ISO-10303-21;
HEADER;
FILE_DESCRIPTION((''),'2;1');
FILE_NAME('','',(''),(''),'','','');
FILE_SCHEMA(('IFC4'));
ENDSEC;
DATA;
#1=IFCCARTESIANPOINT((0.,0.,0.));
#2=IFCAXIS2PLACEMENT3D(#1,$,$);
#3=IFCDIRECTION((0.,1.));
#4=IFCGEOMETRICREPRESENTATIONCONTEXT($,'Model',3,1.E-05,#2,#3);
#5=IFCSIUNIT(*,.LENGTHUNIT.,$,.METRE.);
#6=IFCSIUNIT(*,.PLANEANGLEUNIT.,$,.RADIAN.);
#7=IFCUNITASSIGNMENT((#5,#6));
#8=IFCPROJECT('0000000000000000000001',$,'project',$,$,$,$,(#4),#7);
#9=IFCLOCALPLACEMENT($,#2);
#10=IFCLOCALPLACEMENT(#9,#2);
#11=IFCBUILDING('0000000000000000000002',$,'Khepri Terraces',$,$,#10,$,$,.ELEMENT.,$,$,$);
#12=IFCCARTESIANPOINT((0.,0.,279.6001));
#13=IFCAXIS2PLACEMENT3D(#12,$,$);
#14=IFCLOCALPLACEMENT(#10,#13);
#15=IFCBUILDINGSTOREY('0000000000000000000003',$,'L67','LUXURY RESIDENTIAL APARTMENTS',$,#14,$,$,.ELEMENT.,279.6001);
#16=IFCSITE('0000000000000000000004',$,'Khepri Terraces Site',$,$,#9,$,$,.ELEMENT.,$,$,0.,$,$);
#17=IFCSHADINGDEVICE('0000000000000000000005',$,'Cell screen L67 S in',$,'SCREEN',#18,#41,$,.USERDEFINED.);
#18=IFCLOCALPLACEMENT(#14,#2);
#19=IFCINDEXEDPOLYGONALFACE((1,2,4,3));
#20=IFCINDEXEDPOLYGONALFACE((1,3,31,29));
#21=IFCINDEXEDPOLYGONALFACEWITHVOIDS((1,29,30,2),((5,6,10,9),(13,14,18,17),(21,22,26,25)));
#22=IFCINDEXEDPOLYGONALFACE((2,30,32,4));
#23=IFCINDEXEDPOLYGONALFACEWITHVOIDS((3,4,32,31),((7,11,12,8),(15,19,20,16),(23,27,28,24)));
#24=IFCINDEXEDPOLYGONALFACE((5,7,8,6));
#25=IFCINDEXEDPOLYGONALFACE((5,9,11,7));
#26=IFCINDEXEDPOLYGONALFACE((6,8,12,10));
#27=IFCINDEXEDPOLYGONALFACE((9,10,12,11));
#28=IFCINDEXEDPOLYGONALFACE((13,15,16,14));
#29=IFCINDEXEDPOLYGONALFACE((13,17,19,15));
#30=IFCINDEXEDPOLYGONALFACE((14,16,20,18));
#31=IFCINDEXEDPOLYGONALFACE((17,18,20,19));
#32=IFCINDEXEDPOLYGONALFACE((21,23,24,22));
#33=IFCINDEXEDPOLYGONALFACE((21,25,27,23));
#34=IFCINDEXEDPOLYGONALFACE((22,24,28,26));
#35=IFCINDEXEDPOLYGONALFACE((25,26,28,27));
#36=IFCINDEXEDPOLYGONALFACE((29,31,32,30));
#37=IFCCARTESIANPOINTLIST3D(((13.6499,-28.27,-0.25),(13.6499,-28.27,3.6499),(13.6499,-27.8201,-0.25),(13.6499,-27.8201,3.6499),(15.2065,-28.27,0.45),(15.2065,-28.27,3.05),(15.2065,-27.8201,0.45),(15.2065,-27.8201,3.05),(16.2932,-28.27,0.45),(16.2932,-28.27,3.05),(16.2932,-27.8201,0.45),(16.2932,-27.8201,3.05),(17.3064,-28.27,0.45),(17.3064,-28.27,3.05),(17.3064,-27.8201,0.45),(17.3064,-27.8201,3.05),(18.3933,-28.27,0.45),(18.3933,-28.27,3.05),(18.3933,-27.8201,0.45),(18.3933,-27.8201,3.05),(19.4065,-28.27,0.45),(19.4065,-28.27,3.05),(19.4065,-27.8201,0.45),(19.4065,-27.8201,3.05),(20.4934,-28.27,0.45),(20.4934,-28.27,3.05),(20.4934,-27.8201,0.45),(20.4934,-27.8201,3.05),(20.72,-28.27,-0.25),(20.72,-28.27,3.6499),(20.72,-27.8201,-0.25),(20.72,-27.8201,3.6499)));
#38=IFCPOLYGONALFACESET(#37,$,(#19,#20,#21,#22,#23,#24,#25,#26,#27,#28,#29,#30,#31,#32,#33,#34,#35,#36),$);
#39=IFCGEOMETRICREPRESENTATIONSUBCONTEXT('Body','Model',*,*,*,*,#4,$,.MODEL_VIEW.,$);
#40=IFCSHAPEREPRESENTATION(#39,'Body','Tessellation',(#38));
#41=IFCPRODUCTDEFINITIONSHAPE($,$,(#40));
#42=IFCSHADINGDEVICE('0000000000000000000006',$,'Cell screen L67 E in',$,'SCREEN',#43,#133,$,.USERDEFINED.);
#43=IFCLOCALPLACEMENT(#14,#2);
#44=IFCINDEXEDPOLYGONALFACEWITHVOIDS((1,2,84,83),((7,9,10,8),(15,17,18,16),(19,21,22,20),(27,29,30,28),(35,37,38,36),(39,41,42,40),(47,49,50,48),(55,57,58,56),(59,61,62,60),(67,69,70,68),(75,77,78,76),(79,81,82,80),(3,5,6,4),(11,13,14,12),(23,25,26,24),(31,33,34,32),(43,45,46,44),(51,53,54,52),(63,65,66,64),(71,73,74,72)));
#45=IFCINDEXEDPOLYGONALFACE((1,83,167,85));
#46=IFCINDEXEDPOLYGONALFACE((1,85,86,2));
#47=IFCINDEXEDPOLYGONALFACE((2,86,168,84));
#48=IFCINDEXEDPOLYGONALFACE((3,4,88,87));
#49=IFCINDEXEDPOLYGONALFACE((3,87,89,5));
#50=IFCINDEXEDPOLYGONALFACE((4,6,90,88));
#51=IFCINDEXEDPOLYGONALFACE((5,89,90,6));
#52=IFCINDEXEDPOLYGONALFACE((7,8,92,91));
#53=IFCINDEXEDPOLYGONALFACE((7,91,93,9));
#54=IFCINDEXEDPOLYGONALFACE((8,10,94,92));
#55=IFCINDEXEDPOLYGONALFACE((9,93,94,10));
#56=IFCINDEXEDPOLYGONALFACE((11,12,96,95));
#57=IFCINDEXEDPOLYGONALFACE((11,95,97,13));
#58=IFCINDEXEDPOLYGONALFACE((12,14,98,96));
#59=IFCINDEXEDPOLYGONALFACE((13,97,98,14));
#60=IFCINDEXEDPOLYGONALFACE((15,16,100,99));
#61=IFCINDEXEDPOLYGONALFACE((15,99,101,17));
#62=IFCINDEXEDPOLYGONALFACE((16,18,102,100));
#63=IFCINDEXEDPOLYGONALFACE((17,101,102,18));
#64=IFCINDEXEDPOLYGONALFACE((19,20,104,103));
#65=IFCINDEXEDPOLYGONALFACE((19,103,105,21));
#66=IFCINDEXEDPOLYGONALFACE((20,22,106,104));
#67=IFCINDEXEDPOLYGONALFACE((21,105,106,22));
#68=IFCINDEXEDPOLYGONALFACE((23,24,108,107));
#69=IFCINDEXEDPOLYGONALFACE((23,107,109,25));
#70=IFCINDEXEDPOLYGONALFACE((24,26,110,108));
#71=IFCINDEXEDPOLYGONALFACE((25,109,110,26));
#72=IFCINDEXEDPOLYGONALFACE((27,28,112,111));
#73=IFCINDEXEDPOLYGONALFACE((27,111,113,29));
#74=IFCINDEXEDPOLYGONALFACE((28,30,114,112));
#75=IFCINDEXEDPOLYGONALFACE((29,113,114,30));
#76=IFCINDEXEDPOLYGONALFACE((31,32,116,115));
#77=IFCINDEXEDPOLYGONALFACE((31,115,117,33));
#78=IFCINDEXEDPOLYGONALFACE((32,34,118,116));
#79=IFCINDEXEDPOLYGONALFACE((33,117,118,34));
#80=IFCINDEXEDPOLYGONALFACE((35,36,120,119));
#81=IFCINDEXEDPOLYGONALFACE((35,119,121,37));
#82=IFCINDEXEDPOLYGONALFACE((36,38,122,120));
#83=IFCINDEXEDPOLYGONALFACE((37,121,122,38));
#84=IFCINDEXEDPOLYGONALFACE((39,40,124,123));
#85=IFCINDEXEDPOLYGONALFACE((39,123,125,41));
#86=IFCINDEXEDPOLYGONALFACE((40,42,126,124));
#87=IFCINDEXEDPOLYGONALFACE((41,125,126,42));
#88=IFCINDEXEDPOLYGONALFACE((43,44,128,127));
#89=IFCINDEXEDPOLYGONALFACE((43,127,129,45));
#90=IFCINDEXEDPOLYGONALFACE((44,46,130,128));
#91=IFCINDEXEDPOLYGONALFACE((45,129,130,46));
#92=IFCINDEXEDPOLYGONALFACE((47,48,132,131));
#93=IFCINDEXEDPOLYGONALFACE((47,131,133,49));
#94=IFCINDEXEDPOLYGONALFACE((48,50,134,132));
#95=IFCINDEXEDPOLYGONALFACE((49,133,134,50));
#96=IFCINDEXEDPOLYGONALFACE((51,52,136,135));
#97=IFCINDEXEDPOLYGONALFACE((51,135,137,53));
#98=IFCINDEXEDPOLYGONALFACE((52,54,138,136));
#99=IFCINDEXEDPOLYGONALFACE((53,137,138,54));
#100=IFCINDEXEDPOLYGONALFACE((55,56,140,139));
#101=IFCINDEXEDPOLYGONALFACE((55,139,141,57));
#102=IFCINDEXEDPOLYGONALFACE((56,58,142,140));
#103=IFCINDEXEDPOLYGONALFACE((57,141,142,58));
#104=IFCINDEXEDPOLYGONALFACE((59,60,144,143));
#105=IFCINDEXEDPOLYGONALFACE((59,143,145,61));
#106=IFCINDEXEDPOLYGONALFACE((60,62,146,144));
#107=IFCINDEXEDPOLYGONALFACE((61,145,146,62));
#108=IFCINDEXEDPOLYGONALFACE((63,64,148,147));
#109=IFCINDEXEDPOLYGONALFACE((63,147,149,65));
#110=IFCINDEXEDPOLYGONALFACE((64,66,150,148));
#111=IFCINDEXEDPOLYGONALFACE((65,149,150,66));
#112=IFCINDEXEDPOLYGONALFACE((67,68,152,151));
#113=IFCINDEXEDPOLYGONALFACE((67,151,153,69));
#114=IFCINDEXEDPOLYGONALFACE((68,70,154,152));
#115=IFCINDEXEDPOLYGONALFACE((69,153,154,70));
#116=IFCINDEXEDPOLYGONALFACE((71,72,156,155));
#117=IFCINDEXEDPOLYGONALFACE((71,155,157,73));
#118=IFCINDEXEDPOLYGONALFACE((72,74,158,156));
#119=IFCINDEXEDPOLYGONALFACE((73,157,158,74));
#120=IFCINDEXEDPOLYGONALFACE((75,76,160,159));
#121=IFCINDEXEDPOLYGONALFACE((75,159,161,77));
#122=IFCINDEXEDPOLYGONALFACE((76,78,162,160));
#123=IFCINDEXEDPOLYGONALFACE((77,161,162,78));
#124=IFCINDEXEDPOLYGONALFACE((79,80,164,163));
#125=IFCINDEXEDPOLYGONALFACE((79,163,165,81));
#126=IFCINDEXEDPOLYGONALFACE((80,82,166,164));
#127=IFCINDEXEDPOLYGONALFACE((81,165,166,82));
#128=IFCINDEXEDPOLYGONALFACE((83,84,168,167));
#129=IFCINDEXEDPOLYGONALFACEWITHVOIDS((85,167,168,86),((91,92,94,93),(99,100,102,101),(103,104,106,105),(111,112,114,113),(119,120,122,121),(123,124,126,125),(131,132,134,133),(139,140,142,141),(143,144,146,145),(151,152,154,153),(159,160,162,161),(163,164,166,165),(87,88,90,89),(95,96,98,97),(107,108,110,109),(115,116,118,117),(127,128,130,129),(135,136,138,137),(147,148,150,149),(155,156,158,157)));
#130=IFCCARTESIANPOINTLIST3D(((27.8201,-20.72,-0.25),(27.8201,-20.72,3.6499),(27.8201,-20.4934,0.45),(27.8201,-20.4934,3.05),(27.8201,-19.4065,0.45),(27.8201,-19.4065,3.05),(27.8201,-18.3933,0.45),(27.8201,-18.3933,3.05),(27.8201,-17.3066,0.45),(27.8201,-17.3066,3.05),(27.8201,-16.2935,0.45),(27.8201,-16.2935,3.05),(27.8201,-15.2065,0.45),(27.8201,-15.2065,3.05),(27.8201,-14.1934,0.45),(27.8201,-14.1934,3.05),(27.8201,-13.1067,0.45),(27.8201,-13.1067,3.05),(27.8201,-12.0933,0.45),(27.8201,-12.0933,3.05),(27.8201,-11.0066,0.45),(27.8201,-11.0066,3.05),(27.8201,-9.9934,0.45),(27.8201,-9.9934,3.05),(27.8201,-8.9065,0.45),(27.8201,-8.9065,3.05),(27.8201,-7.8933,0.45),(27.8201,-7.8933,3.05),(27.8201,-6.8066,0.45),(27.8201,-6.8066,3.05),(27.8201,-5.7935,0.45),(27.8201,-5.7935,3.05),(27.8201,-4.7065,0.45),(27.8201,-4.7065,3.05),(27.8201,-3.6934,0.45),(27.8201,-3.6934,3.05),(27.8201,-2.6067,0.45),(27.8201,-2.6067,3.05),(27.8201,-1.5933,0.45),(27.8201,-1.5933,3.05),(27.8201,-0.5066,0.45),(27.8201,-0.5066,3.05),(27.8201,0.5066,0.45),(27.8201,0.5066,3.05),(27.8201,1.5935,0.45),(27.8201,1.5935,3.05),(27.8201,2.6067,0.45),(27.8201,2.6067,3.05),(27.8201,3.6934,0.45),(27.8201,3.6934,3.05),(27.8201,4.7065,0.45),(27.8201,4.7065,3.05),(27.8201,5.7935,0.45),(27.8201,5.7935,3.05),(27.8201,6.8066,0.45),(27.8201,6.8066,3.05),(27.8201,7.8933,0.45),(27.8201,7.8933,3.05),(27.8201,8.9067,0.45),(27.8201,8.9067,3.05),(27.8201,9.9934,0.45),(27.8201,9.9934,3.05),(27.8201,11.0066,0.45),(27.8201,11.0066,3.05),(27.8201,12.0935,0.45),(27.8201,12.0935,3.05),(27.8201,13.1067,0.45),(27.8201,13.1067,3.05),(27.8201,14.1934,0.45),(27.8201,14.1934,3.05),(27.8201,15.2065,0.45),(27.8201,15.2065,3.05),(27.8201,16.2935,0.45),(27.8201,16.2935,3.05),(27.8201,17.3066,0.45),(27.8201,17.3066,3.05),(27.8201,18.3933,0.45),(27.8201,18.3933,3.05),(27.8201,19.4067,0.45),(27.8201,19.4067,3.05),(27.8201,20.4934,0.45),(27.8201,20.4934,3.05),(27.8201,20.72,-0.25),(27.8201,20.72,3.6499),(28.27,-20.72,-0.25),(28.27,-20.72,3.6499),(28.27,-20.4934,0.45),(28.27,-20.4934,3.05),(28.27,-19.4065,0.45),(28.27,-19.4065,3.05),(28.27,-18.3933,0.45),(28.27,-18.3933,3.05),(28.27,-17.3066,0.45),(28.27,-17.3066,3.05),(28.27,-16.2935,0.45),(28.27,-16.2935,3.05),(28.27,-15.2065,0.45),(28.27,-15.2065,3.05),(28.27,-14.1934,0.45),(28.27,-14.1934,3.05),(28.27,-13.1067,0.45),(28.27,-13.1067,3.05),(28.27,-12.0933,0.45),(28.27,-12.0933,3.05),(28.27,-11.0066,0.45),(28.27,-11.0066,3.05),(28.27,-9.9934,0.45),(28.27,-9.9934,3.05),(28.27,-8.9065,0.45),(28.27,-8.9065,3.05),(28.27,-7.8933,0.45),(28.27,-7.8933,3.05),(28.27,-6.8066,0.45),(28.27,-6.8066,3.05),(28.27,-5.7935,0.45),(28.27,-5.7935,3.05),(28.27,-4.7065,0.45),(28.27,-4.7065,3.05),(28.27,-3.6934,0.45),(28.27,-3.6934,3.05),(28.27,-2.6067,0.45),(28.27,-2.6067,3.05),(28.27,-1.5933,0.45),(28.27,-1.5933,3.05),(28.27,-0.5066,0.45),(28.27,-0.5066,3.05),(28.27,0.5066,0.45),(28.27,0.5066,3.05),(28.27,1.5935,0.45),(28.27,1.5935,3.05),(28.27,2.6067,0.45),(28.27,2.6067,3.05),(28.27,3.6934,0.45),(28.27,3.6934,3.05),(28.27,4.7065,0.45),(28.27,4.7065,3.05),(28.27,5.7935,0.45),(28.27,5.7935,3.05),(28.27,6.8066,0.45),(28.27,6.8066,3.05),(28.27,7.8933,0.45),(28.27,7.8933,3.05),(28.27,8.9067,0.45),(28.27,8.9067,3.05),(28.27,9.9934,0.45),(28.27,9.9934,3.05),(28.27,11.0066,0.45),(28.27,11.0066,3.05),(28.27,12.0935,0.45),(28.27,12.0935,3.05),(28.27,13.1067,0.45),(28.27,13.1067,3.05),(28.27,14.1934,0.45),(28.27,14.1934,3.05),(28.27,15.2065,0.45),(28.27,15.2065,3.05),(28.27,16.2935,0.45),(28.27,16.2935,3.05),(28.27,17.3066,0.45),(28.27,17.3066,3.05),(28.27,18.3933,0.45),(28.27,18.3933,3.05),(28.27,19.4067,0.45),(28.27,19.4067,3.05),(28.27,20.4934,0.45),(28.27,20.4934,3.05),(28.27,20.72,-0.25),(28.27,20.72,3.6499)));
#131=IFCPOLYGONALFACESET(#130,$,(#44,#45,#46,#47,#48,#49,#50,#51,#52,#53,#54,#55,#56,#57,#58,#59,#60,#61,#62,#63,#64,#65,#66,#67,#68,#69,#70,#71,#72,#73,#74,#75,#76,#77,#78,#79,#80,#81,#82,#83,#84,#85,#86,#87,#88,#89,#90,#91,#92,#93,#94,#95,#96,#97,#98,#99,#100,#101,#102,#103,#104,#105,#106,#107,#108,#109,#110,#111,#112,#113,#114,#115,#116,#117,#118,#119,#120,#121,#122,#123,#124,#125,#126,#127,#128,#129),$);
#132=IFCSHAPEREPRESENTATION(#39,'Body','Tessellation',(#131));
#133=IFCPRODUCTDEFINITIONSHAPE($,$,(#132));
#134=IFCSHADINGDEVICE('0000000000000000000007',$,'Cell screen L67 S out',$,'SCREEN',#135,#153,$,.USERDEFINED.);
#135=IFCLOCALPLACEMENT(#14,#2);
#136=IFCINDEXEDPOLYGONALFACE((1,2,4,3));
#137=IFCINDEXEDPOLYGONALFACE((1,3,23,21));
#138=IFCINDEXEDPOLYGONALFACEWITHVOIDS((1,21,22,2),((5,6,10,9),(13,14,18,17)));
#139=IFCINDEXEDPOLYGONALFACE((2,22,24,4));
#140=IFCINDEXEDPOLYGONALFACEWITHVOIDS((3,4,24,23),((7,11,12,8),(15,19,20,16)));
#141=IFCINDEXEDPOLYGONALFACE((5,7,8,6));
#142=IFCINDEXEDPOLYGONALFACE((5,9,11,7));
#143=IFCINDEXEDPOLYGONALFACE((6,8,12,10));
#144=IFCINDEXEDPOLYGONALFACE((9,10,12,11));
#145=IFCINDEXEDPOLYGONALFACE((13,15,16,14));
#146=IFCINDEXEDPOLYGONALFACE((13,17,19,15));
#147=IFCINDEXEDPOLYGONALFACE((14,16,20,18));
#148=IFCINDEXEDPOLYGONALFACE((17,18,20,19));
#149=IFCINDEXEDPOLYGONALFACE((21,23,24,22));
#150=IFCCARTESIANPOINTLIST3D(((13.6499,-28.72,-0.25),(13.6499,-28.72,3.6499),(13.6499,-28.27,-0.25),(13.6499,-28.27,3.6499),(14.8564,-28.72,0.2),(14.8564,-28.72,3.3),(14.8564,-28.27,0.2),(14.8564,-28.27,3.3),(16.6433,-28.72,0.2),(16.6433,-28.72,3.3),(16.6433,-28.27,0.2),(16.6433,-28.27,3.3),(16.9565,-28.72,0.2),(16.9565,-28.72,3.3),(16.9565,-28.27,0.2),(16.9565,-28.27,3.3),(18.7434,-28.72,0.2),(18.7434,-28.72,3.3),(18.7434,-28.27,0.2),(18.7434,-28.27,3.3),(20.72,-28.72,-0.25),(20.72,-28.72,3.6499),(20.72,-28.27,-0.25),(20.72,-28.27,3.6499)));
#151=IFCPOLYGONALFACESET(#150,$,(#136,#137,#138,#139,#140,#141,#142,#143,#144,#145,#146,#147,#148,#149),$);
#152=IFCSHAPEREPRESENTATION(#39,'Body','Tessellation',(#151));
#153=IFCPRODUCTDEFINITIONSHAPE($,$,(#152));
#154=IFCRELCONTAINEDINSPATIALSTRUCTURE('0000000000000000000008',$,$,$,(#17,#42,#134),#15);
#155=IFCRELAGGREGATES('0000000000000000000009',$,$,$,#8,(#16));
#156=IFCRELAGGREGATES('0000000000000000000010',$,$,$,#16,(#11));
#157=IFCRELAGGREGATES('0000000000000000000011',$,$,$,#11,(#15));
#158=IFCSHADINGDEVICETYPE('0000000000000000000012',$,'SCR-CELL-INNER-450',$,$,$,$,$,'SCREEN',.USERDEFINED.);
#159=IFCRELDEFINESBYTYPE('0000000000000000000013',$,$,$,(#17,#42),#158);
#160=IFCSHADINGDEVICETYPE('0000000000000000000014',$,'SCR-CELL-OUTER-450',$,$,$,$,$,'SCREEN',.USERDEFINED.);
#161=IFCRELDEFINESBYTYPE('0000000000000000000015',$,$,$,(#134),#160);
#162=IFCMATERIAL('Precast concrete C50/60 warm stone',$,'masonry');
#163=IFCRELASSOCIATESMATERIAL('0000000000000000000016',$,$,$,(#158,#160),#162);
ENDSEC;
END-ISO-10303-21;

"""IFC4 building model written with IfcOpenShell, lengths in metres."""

from ifc_helpers import new_model, si_unit, direction, frame, origin, place, context, subcontext, project, spatial, polyline, outline, extrude, material, type_object, element, save


model = new_model("IFC4")

# Units and contexts
model_context = context("Model", 3, precision=1e-05, world=origin(), true_north=direction((0.0, 1.0)))
body_context = subcontext(model_context, "Body", "Model", "MODEL_VIEW")
ifc_project = project(units=[si_unit("LENGTHUNIT", "METRE"), si_unit("PLANEANGLEUNIT", "RADIAN")], contexts=[model_context])

# Site, building, storey
site_placement = place(None, origin())
site = spatial("IfcSite", under=ifc_project, at=site_placement, Name="Khepri Terraces Site", CompositionType="ELEMENT", RefElevation=0.0)
building_placement = place(site_placement, origin())
building = spatial("IfcBuilding", under=site, at=building_placement, Name="Khepri Terraces", CompositionType="ELEMENT")
storey_placement = place(building_placement, frame((0.0, 0.0, 279.6001)))
storey = spatial("IfcBuildingStorey", under=building, at=storey_placement, Name="L67", Description="LUXURY RESIDENTIAL APARTMENTS", CompositionType="ELEMENT", Elevation=279.6001)

# Shared definitions
ifc_material_1 = material(Name="Precast concrete C50/60 warm stone", Category="masonry")

# Shading devices
shading_device_type_1 = type_object("IfcShadingDeviceType", Name="SCR-CELL-INNER-450", ElementType="SCREEN", PredefinedType="USERDEFINED", material=ifc_material_1)
shading_device_1_placement = place(storey_placement, frame((13.6499, -27.8201, -0.25), z_axis=(0.0, -1.0, 0.0), x_axis=(1.0, 0.0, 0.0)))
element("IfcShadingDevice", 1, at=shading_device_1_placement, inside=storey, type_object=shading_device_type_1, Name="Cell screen L67 S in", ObjectType="SCREEN", PredefinedType="USERDEFINED", context=body_context, shape_type="SweptSolid", body=[
    extrude(outline(polyline([(0.0, 0.0), (7.0701, 0.0), (7.0701, 3.8999), (0.0, 3.8999), (0.0, 0.0)]), holes=[polyline([(1.5566, 0.7), (2.6433, 0.7), (2.6433, 3.3), (1.5566, 3.3), (1.5566, 0.7)]), polyline([(3.6565, 0.7), (4.7434, 0.7), (4.7434, 3.3), (3.6565, 3.3), (3.6565, 0.7)]), polyline([(5.7566, 0.7), (6.8435, 0.7), (6.8435, 3.3), (5.7566, 3.3), (5.7566, 0.7)])]), origin(), (0.0, 0.0, 1.0), 0.45),
])
shading_device_2_placement = place(storey_placement, frame((27.8201, -20.72, -0.25), z_axis=(1.0, 0.0, 0.0), x_axis=(0.0, 1.0, 0.0)))
element("IfcShadingDevice", 2, at=shading_device_2_placement, inside=storey, type_object=shading_device_type_1, Name="Cell screen L67 E in", ObjectType="SCREEN", PredefinedType="USERDEFINED", context=body_context, shape_type="SweptSolid", body=[
    extrude(outline(polyline([(0.0, 0.0), (41.4399, 0.0), (41.4399, 3.8999), (0.0, 3.8999), (0.0, 0.0)]), holes=[polyline([(0.2266, 0.7), (1.3135, 0.7), (1.3135, 3.3), (0.2266, 3.3), (0.2266, 0.7)]), polyline([(2.3267, 0.7), (3.4133, 0.7), (3.4133, 3.3), (2.3267, 3.3), (2.3267, 0.7)]), polyline([(4.4265, 0.7), (5.5134, 0.7), (5.5134, 3.3), (4.4265, 3.3), (4.4265, 0.7)]), polyline([(6.5266, 0.7), (7.6133, 0.7), (7.6133, 3.3), (6.5266, 3.3), (6.5266, 0.7)]), polyline([(8.6267, 0.7), (9.7134, 0.7), (9.7134, 3.3), (8.6267, 3.3), (8.6267, 0.7)]), polyline([(10.7266, 0.7), (11.8135, 0.7), (11.8135, 3.3), (10.7266, 3.3), (10.7266, 0.7)]), polyline([(12.8267, 0.7), (13.9133, 0.7), (13.9133, 3.3), (12.8267, 3.3), (12.8267, 0.7)]), polyline([(14.9265, 0.7), (16.0134, 0.7), (16.0134, 3.3), (14.9265, 3.3), (14.9265, 0.7)]), polyline([(17.0266, 0.7), (18.1133, 0.7), (18.1133, 3.3), (17.0266, 3.3), (17.0266, 0.7)]), polyline([(19.1267, 0.7), (20.2134, 0.7), (20.2134, 3.3), (19.1267, 3.3), (19.1267, 0.7)]), polyline([(21.2266, 0.7), (22.3135, 0.7), (22.3135, 3.3), (21.2266, 3.3), (21.2266, 0.7)]), polyline([(23.3267, 0.7), (24.4133, 0.7), (24.4133, 3.3), (23.3267, 3.3), (23.3267, 0.7)]), polyline([(25.4265, 0.7), (26.5134, 0.7), (26.5134, 3.3), (25.4265, 3.3), (25.4265, 0.7)]), polyline([(27.5266, 0.7), (28.6133, 0.7), (28.6133, 3.3), (27.5266, 3.3), (27.5266, 0.7)]), polyline([(29.6267, 0.7), (30.7134, 0.7), (30.7134, 3.3), (29.6267, 3.3), (29.6267, 0.7)]), polyline([(31.7266, 0.7), (32.8135, 0.7), (32.8135, 3.3), (31.7266, 3.3), (31.7266, 0.7)]), polyline([(33.8267, 0.7), (34.9133, 0.7), (34.9133, 3.3), (33.8267, 3.3), (33.8267, 0.7)]), polyline([(35.9265, 0.7), (37.0134, 0.7), (37.0134, 3.3), (35.9265, 3.3), (35.9265, 0.7)]), polyline([(38.0266, 0.7), (39.1133, 0.7), (39.1133, 3.3), (38.0266, 3.3), (38.0266, 0.7)]), polyline([(40.1267, 0.7), (41.2134, 0.7), (41.2134, 3.3), (40.1267, 3.3), (40.1267, 0.7)])]), origin(), (0.0, 0.0, 1.0), 0.45),
])
shading_device_type_2 = type_object("IfcShadingDeviceType", Name="SCR-CELL-OUTER-450", ElementType="SCREEN", PredefinedType="USERDEFINED", material=ifc_material_1)
shading_device_3_placement = place(storey_placement, frame((13.6499, -28.27, -0.25), z_axis=(0.0, -1.0, 0.0), x_axis=(1.0, 0.0, 0.0)))
element("IfcShadingDevice", 3, at=shading_device_3_placement, inside=storey, type_object=shading_device_type_2, Name="Cell screen L67 S out", ObjectType="SCREEN", PredefinedType="USERDEFINED", context=body_context, shape_type="SweptSolid", body=[
    extrude(outline(polyline([(0.0, 0.0), (7.0701, 0.0), (7.0701, 3.8999), (0.0, 3.8999), (0.0, 0.0)]), holes=[polyline([(1.2065, 0.45), (2.9934, 0.45), (2.9934, 3.55), (1.2065, 3.55), (1.2065, 0.45)]), polyline([(3.3066, 0.45), (5.0935, 0.45), (5.0935, 3.55), (3.3066, 3.55), (3.3066, 0.45)])]), origin(), (0.0, 0.0, 1.0), 0.45),
])

save(model, "model.ifc")
